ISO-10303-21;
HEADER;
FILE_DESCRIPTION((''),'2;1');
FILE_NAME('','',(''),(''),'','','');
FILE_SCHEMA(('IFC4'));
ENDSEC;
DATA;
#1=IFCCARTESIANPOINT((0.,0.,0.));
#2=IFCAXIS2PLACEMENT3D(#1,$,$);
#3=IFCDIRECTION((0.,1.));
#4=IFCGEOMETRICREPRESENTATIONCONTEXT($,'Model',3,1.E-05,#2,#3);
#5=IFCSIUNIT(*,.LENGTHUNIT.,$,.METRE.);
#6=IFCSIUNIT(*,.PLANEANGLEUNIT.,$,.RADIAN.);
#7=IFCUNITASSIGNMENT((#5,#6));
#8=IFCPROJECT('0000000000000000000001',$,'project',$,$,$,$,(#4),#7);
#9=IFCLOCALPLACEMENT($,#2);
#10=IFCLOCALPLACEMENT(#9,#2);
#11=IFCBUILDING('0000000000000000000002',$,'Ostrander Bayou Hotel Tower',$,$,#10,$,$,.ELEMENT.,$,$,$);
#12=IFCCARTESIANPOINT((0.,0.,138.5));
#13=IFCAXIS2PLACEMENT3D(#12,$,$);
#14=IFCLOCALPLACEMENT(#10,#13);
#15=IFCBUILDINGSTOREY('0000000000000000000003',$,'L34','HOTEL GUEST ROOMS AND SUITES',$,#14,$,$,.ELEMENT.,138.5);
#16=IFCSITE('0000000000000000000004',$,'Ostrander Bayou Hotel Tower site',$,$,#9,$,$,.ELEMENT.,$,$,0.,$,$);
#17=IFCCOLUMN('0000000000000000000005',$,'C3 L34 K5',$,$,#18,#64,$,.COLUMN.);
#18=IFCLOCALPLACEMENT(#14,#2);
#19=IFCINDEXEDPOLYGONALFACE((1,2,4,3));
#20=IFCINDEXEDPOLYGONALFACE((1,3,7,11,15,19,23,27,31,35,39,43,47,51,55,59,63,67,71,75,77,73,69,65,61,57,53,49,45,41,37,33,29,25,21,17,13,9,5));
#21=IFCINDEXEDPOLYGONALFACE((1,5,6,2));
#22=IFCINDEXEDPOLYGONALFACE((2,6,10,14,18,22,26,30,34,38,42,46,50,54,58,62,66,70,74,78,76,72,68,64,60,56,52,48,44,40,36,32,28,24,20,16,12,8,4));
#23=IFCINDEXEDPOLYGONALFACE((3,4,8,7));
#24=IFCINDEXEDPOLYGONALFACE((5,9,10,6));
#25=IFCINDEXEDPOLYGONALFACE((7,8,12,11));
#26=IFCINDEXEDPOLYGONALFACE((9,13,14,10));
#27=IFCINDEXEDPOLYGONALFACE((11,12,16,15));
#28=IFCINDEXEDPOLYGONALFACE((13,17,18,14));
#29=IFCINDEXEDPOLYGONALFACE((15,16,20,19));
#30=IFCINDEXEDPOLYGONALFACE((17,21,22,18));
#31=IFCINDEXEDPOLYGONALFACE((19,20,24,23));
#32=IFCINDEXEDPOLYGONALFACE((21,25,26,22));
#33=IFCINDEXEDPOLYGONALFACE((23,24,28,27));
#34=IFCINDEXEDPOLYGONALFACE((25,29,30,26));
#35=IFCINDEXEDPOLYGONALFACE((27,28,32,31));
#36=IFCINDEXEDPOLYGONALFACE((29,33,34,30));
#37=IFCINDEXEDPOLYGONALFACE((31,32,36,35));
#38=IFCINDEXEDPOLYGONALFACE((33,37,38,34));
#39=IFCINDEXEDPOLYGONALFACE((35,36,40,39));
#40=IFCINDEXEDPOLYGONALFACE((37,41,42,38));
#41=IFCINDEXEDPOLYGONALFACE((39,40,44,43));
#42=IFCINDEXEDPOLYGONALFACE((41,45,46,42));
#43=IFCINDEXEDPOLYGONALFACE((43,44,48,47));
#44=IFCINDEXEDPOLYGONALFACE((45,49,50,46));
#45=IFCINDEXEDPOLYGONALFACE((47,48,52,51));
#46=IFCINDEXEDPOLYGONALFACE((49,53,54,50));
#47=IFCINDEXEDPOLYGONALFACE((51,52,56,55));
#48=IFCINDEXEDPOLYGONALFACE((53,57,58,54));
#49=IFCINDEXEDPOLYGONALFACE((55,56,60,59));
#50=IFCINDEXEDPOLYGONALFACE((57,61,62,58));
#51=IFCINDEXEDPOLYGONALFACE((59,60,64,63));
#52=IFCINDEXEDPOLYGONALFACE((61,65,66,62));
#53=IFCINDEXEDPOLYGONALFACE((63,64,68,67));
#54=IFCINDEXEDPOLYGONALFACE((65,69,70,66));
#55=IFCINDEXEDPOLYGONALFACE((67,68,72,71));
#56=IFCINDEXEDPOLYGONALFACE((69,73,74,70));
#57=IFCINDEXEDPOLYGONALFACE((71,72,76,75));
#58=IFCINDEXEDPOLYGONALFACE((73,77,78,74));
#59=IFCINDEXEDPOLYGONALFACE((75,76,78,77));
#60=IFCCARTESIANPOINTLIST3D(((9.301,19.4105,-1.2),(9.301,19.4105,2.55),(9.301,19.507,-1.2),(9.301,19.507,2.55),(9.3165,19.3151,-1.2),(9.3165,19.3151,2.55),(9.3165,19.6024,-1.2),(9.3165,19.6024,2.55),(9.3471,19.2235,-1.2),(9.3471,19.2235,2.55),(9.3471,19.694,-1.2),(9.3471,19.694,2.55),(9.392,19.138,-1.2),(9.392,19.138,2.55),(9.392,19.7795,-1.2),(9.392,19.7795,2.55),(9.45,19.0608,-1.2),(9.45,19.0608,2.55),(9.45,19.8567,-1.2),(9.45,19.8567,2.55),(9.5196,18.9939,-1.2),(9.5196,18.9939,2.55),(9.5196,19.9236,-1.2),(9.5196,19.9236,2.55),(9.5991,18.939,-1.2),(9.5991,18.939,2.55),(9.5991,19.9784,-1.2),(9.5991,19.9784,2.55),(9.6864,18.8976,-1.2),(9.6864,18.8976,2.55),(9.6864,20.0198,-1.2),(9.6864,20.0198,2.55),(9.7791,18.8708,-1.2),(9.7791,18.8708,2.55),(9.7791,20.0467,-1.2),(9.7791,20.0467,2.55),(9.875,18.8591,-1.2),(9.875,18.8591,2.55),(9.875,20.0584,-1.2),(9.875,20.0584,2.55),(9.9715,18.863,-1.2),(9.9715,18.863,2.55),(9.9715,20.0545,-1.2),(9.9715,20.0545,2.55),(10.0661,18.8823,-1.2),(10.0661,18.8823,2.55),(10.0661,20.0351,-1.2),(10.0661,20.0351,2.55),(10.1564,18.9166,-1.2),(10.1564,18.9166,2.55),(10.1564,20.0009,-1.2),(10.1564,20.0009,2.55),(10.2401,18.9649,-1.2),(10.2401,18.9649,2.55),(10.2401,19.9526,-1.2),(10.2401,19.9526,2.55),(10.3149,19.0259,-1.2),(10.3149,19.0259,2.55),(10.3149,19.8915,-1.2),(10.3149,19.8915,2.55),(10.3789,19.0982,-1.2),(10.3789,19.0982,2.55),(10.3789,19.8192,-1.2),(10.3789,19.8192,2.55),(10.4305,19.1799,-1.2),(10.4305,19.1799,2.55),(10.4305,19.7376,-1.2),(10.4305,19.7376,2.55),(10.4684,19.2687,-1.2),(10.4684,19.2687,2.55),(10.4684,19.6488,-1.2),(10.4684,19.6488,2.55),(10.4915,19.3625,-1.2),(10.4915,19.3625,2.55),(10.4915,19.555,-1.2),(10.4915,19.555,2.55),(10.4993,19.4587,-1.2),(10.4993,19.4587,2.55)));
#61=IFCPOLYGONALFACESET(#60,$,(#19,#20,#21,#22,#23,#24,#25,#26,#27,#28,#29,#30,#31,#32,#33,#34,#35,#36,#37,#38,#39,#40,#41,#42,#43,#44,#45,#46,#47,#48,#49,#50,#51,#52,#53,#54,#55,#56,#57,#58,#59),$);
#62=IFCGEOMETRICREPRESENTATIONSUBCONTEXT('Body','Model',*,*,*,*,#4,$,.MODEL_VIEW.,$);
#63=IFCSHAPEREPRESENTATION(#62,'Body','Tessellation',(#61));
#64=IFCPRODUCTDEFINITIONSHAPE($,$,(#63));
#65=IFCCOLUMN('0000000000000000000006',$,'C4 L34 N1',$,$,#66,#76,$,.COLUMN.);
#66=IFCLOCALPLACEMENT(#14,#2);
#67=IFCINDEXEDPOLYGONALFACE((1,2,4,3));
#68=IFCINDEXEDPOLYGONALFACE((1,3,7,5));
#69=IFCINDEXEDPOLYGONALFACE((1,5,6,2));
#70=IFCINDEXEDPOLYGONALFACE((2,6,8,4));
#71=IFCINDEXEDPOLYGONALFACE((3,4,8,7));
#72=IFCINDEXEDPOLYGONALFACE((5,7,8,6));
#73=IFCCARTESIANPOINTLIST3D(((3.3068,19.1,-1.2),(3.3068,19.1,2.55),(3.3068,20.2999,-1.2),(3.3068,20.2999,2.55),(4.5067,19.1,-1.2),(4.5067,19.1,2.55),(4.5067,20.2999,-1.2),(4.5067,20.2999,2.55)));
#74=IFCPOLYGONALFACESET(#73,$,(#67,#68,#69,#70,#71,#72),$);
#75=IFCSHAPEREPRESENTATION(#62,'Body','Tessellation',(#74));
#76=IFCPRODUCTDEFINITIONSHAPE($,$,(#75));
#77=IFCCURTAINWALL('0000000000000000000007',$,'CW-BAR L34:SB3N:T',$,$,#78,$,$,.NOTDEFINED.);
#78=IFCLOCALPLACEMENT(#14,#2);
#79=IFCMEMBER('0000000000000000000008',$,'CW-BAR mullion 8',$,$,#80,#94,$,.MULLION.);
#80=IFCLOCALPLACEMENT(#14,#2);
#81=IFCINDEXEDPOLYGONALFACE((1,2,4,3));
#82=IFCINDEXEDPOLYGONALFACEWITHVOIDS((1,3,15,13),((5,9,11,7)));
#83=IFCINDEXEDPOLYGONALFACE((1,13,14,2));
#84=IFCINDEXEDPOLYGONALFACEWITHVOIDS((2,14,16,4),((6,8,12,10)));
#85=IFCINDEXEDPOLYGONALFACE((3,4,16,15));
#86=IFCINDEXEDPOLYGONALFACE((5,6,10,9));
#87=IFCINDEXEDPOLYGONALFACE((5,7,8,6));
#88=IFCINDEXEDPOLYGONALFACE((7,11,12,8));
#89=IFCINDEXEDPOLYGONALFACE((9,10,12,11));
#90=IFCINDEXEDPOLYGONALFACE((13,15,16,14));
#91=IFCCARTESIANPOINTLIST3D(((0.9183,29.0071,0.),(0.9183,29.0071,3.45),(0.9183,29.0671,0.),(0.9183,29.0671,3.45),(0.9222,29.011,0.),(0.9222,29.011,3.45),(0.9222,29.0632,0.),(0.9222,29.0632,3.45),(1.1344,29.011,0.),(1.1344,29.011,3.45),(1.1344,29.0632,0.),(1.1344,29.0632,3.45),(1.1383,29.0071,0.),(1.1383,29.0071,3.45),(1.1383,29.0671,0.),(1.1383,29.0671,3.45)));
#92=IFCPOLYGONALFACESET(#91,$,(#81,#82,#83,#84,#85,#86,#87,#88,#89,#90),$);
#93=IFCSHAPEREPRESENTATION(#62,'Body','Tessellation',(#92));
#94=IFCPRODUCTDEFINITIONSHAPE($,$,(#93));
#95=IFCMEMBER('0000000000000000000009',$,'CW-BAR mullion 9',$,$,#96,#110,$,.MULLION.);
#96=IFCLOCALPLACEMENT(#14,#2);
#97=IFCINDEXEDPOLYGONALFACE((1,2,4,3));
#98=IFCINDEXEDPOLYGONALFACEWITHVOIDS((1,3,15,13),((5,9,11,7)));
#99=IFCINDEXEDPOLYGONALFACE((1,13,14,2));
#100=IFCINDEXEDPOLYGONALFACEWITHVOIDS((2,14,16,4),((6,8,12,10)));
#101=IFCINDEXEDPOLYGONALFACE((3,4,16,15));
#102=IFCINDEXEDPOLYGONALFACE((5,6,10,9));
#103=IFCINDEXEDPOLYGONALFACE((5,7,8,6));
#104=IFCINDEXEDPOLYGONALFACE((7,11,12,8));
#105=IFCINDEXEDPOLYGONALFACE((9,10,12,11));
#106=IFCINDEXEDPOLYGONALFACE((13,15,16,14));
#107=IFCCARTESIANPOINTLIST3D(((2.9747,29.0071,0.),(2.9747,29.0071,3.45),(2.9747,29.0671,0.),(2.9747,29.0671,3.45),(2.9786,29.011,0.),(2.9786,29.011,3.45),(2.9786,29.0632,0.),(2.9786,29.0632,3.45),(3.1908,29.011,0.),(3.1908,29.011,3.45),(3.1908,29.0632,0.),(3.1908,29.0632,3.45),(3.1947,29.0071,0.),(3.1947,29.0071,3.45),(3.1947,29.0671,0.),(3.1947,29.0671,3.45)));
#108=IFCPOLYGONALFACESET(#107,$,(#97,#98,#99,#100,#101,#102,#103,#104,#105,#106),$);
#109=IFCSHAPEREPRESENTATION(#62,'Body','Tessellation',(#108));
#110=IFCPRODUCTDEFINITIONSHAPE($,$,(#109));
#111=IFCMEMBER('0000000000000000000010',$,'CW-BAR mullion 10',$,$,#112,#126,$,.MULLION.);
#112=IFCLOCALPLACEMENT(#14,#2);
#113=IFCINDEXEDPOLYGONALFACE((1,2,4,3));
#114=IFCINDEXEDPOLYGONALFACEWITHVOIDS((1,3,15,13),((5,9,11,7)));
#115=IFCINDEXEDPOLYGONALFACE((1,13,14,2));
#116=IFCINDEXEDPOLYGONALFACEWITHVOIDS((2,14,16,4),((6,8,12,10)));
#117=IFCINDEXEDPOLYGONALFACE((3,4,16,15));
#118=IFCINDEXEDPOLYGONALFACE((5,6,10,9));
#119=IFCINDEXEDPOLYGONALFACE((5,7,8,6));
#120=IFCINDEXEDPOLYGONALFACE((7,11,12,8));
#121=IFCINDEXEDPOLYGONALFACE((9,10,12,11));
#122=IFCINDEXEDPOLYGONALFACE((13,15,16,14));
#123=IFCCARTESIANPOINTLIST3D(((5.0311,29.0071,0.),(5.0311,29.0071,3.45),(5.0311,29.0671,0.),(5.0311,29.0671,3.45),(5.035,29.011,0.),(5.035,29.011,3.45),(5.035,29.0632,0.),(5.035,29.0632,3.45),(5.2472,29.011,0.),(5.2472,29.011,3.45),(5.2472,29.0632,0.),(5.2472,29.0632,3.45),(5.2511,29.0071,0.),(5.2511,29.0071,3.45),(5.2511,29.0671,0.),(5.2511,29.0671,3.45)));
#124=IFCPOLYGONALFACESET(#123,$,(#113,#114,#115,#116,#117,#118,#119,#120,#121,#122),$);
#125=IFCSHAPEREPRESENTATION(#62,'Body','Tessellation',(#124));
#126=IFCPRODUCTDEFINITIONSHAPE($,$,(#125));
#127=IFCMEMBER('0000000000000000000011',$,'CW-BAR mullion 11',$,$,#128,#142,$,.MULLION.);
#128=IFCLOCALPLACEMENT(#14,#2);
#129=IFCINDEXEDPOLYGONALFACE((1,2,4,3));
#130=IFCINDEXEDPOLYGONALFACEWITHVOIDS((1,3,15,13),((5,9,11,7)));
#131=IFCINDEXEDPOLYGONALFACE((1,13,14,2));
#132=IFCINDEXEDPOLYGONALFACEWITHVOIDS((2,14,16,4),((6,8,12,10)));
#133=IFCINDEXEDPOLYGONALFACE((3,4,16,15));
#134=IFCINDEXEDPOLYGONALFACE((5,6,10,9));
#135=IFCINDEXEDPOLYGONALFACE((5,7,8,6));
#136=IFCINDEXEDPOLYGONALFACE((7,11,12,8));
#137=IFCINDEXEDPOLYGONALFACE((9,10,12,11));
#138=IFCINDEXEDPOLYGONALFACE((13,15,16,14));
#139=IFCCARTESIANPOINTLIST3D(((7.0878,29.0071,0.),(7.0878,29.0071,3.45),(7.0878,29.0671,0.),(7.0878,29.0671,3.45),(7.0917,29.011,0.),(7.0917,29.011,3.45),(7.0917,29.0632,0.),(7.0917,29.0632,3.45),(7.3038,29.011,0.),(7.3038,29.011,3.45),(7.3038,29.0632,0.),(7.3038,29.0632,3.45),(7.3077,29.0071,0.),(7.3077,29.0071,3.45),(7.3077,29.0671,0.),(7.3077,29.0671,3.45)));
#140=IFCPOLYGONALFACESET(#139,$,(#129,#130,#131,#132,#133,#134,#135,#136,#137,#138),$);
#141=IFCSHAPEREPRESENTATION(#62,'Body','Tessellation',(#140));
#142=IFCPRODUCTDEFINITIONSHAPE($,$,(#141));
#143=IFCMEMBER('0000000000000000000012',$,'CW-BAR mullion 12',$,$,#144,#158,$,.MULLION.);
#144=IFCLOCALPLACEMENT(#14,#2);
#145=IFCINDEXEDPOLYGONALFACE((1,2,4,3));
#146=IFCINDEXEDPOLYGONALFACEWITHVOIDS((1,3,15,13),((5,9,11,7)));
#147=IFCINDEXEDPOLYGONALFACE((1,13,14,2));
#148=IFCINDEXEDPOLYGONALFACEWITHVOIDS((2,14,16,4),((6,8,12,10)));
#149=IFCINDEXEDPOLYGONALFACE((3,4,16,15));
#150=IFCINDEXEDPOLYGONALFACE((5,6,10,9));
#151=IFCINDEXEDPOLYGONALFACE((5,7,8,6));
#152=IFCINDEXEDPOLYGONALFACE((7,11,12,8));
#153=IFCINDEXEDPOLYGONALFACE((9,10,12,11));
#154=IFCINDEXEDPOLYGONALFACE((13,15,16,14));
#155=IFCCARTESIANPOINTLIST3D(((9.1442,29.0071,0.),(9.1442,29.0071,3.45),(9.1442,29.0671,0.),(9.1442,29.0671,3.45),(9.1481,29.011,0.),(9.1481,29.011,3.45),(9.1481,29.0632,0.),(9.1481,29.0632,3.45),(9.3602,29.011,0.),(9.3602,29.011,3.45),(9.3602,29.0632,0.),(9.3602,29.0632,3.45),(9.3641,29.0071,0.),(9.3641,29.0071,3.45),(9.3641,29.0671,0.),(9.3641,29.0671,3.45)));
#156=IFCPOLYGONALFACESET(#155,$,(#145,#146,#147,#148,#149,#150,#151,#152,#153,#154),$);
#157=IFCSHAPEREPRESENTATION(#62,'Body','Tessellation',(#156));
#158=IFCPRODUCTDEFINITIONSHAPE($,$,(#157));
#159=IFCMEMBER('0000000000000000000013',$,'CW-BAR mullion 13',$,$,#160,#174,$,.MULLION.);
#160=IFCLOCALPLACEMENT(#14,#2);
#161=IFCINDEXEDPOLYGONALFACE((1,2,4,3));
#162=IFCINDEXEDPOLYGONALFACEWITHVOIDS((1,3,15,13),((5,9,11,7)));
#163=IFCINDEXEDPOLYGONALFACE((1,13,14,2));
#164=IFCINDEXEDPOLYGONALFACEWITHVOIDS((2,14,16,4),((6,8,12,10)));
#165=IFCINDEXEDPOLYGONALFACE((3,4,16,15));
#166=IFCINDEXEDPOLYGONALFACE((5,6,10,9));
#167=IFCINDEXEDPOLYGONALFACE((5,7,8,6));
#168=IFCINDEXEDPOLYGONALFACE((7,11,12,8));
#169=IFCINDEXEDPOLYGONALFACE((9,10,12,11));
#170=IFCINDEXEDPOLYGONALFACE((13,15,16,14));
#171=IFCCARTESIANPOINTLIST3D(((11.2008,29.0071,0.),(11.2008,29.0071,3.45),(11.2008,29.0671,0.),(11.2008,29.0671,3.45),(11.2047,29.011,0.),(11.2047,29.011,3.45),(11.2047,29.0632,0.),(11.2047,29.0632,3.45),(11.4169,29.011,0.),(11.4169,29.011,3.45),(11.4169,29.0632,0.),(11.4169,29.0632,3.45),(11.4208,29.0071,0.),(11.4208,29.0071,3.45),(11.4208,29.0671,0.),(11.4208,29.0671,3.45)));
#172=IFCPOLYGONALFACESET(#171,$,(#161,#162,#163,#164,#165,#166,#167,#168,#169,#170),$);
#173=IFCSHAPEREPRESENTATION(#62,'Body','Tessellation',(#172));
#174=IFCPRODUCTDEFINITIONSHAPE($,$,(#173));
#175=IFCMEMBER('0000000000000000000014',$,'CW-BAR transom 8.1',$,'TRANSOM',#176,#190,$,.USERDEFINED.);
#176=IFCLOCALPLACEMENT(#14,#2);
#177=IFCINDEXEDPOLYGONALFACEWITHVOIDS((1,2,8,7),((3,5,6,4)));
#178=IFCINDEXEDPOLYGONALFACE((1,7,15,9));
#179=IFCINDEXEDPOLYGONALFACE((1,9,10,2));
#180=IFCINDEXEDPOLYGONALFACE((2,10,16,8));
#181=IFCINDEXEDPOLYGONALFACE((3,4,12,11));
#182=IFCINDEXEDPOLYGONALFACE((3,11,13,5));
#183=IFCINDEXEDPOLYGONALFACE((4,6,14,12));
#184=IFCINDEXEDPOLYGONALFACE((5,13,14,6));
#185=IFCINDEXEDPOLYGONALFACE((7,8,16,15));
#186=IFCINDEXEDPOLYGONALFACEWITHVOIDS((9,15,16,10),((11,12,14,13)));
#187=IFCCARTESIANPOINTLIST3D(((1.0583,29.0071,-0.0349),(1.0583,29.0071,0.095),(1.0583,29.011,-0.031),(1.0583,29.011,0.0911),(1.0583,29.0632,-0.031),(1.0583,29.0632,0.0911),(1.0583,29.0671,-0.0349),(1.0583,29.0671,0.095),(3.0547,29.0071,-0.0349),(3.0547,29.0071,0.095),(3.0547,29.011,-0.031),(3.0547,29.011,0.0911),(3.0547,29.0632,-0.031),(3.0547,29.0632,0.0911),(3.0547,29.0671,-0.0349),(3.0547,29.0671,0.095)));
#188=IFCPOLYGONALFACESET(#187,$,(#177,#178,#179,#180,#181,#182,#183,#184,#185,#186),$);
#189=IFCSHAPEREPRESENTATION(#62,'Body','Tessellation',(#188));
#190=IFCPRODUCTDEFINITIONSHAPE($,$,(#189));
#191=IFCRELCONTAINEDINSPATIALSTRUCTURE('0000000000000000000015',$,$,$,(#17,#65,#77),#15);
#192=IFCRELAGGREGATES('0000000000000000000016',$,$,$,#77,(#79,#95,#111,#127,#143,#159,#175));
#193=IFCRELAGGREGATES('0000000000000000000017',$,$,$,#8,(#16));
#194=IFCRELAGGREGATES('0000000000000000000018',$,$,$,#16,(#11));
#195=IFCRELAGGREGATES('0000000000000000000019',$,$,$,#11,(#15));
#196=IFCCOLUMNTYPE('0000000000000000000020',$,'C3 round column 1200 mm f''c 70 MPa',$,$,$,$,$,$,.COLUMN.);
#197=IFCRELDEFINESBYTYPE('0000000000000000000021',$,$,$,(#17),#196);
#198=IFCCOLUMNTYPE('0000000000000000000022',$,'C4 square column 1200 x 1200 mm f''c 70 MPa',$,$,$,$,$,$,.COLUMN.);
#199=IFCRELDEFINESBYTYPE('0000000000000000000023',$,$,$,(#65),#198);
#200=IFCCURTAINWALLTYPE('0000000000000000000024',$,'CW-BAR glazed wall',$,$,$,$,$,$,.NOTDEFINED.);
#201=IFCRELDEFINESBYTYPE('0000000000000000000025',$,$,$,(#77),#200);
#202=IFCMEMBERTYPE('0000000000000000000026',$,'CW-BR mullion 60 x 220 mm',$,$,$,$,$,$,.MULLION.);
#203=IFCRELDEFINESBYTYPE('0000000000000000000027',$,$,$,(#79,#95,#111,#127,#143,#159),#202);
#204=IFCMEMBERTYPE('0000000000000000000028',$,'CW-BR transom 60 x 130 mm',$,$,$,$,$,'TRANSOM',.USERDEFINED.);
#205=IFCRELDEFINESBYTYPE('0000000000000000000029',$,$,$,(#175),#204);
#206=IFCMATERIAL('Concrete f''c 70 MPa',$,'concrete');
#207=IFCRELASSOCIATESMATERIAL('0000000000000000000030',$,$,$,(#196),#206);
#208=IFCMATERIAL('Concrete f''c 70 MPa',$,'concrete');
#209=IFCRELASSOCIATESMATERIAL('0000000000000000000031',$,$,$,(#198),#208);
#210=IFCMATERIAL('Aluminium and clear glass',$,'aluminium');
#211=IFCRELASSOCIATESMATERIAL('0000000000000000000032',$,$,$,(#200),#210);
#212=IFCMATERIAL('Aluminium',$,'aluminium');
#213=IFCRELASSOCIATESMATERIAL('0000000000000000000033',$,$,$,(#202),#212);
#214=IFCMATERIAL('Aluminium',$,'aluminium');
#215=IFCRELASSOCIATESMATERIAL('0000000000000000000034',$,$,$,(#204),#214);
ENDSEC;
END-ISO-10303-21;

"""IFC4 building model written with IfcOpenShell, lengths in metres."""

from ifc_helpers import new_model, si_unit, direction, frame, origin, origin_2d, place, context, subcontext, project, spatial, rectangle, hollow_rectangle, circle, extrude, material, material_profile, profile_set, type_object, element, aggregate, save


model = new_model("IFC4")

# Units and contexts
model_context = context("Model", 3, precision=1e-05, world=origin(), true_north=direction((0.0, 1.0)))
body_context = subcontext(model_context, "Body", "Model", "MODEL_VIEW")
ifc_project = project(units=[si_unit("LENGTHUNIT", "METRE"), si_unit("PLANEANGLEUNIT", "RADIAN")], contexts=[model_context])

# Site, building, storey
site_placement = place(None, origin())
site = spatial("IfcSite", under=ifc_project, at=site_placement, Name="Ostrander Bayou Hotel Tower site", CompositionType="ELEMENT", RefElevation=0.0)
building_placement = place(site_placement, origin())
building = spatial("IfcBuilding", under=site, at=building_placement, Name="Ostrander Bayou Hotel Tower", CompositionType="ELEMENT")
storey_placement = place(building_placement, frame((0.0, 0.0, 138.5)))
storey = spatial("IfcBuildingStorey", under=building, at=storey_placement, Name="L34", Description="HOTEL GUEST ROOMS AND SUITES", CompositionType="ELEMENT", Elevation=138.5)

# Columns
ifc_material_1 = material(Name="Concrete f'c 70 MPa", Category="concrete")
ifc_material_profile_1 = material_profile(ifc_material_1, circle(Radius=0.6001, at=origin_2d()))
ifc_profile_set_1 = profile_set([ifc_material_profile_1], Name="Concrete f'c 70 MPa")
column_type_1 = type_object("IfcColumnType", Name="C3 round column 1200 mm f'c 70 MPa", PredefinedType="COLUMN", material=ifc_profile_set_1)
column_1_placement = place(storey_placement, frame((9.8992, 19.4587, -1.2), z_axis=(0.0, 0.0, 1.0), x_axis=(1.0, 0.0, 0.0)))
element("IfcColumn", 1, at=column_1_placement, inside=storey, type_object=column_type_1, Name="C3 L34 K5", PredefinedType="COLUMN", context=body_context, shape_type="SweptSolid", body=[
    extrude(circle(Radius=0.6001, at=origin_2d()), origin(), (0.0, 0.0, 1.0), 3.75),
])
ifc_material_2 = material(Name="Concrete f'c 70 MPa", Category="concrete")
ifc_material_profile_2 = material_profile(ifc_material_2, rectangle(XDim=1.2, YDim=1.2, at=origin_2d()))
ifc_profile_set_2 = profile_set([ifc_material_profile_2], Name="Concrete f'c 70 MPa")
column_type_2 = type_object("IfcColumnType", Name="C4 square column 1200 x 1200 mm f'c 70 MPa", PredefinedType="COLUMN", material=ifc_profile_set_2)
column_2_placement = place(storey_placement, frame((3.9067, 19.7, -1.2), z_axis=(0.0, 0.0, 1.0), x_axis=(1.0, 0.0, 0.0)))
element("IfcColumn", 2, at=column_2_placement, inside=storey, type_object=column_type_2, Name="C4 L34 N1", PredefinedType="COLUMN", context=body_context, shape_type="SweptSolid", body=[
    extrude(rectangle(XDim=1.2, YDim=1.2, at=origin_2d()), origin(), (0.0, 0.0, 1.0), 3.75),
])

# Curtain wall, members
ifc_material_3 = material(Name="Aluminium and clear glass", Category="aluminium")
curtain_wall_type = type_object("IfcCurtainWallType", Name="CW-BAR glazed wall", PredefinedType="NOTDEFINED", material=ifc_material_3)
curtain_wall_placement = place(storey_placement, origin())
curtain_wall = element("IfcCurtainWall", 3, at=curtain_wall_placement, inside=storey, type_object=curtain_wall_type, Name="CW-BAR L34:SB3N:T", PredefinedType="NOTDEFINED")
ifc_material_4 = material(Name="Aluminium", Category="aluminium")
ifc_material_profile_3 = material_profile(ifc_material_4, hollow_rectangle(XDim=0.0601, YDim=0.22, WallThickness=0.0039, at=origin_2d()))
ifc_profile_set_3 = profile_set([ifc_material_profile_3], Name="Aluminium")
member_type_1 = type_object("IfcMemberType", Name="CW-BR mullion 60 x 220 mm", PredefinedType="MULLION", material=ifc_profile_set_3)
member_1_placement = place(storey_placement, frame((1.0283, 29.0371, 0.0), z_axis=(0.0, 0.0, 1.0), x_axis=(0.0, 1.0, 0.0)))
member_1 = element("IfcMember", 4, at=member_1_placement, type_object=member_type_1, Name="CW-BAR mullion 8", PredefinedType="MULLION", context=body_context, shape_type="SweptSolid", body=[
    extrude(hollow_rectangle(XDim=0.0601, YDim=0.22, WallThickness=0.0039, at=origin_2d()), origin(), (0.0, 0.0, 1.0), 3.45),
])
member_2_placement = place(storey_placement, frame((3.0847, 29.0371, 0.0), z_axis=(0.0, 0.0, 1.0), x_axis=(0.0, 1.0, 0.0)))
member_2 = element("IfcMember", 5, at=member_2_placement, type_object=member_type_1, Name="CW-BAR mullion 9", PredefinedType="MULLION", context=body_context, shape_type="SweptSolid", body=[
    extrude(hollow_rectangle(XDim=0.0601, YDim=0.22, WallThickness=0.0039, at=origin_2d()), origin(), (0.0, 0.0, 1.0), 3.45),
])
member_3_placement = place(storey_placement, frame((5.1411, 29.0371, 0.0), z_axis=(0.0, 0.0, 1.0), x_axis=(0.0, 1.0, 0.0)))
member_3 = element("IfcMember", 6, at=member_3_placement, type_object=member_type_1, Name="CW-BAR mullion 10", PredefinedType="MULLION", context=body_context, shape_type="SweptSolid", body=[
    extrude(hollow_rectangle(XDim=0.0601, YDim=0.22, WallThickness=0.0039, at=origin_2d()), origin(), (0.0, 0.0, 1.0), 3.45),
])
member_4_placement = place(storey_placement, frame((7.1978, 29.0371, 0.0), z_axis=(0.0, 0.0, 1.0), x_axis=(0.0, 1.0, 0.0)))
member_4 = element("IfcMember", 7, at=member_4_placement, type_object=member_type_1, Name="CW-BAR mullion 11", PredefinedType="MULLION", context=body_context, shape_type="SweptSolid", body=[
    extrude(hollow_rectangle(XDim=0.0601, YDim=0.22, WallThickness=0.0039, at=origin_2d()), origin(), (0.0, 0.0, 1.0), 3.45),
])
member_5_placement = place(storey_placement, frame((9.2542, 29.0371, 0.0), z_axis=(0.0, 0.0, 1.0), x_axis=(0.0, 1.0, 0.0)))
member_5 = element("IfcMember", 8, at=member_5_placement, type_object=member_type_1, Name="CW-BAR mullion 12", PredefinedType="MULLION", context=body_context, shape_type="SweptSolid", body=[
    extrude(hollow_rectangle(XDim=0.0601, YDim=0.22, WallThickness=0.0039, at=origin_2d()), origin(), (0.0, 0.0, 1.0), 3.45),
])
member_6_placement = place(storey_placement, frame((11.3108, 29.0371, 0.0), z_axis=(0.0, 0.0, 1.0), x_axis=(0.0, 1.0, 0.0)))
member_6 = element("IfcMember", 9, at=member_6_placement, type_object=member_type_1, Name="CW-BAR mullion 13", PredefinedType="MULLION", context=body_context, shape_type="SweptSolid", body=[
    extrude(hollow_rectangle(XDim=0.0601, YDim=0.22, WallThickness=0.0039, at=origin_2d()), origin(), (0.0, 0.0, 1.0), 3.45),
])
ifc_material_5 = material(Name="Aluminium", Category="aluminium")
ifc_material_profile_4 = material_profile(ifc_material_5, hollow_rectangle(XDim=0.0601, YDim=0.1299, WallThickness=0.0039, at=origin_2d()))
ifc_profile_set_4 = profile_set([ifc_material_profile_4], Name="Aluminium")
member_type_2 = type_object("IfcMemberType", Name="CW-BR transom 60 x 130 mm", ElementType="TRANSOM", PredefinedType="USERDEFINED", material=ifc_profile_set_4)
member_7_placement = place(storey_placement, frame((1.0583, 29.0371, 0.03), z_axis=(1.0, 0.0, 0.0), x_axis=(0.0, 1.0, 0.0)))
member_7 = element("IfcMember", 10, at=member_7_placement, type_object=member_type_2, Name="CW-BAR transom 8.1", ObjectType="TRANSOM", PredefinedType="USERDEFINED", context=body_context, shape_type="SweptSolid", body=[
    extrude(hollow_rectangle(XDim=0.0601, YDim=0.1299, WallThickness=0.0039, at=origin_2d()), origin(), (0.0, 0.0, 1.0), 1.9963),
])
aggregate(curtain_wall, [member_1, member_2, member_3, member_4, member_5, member_6, member_7])

save(model, "model.ifc")
